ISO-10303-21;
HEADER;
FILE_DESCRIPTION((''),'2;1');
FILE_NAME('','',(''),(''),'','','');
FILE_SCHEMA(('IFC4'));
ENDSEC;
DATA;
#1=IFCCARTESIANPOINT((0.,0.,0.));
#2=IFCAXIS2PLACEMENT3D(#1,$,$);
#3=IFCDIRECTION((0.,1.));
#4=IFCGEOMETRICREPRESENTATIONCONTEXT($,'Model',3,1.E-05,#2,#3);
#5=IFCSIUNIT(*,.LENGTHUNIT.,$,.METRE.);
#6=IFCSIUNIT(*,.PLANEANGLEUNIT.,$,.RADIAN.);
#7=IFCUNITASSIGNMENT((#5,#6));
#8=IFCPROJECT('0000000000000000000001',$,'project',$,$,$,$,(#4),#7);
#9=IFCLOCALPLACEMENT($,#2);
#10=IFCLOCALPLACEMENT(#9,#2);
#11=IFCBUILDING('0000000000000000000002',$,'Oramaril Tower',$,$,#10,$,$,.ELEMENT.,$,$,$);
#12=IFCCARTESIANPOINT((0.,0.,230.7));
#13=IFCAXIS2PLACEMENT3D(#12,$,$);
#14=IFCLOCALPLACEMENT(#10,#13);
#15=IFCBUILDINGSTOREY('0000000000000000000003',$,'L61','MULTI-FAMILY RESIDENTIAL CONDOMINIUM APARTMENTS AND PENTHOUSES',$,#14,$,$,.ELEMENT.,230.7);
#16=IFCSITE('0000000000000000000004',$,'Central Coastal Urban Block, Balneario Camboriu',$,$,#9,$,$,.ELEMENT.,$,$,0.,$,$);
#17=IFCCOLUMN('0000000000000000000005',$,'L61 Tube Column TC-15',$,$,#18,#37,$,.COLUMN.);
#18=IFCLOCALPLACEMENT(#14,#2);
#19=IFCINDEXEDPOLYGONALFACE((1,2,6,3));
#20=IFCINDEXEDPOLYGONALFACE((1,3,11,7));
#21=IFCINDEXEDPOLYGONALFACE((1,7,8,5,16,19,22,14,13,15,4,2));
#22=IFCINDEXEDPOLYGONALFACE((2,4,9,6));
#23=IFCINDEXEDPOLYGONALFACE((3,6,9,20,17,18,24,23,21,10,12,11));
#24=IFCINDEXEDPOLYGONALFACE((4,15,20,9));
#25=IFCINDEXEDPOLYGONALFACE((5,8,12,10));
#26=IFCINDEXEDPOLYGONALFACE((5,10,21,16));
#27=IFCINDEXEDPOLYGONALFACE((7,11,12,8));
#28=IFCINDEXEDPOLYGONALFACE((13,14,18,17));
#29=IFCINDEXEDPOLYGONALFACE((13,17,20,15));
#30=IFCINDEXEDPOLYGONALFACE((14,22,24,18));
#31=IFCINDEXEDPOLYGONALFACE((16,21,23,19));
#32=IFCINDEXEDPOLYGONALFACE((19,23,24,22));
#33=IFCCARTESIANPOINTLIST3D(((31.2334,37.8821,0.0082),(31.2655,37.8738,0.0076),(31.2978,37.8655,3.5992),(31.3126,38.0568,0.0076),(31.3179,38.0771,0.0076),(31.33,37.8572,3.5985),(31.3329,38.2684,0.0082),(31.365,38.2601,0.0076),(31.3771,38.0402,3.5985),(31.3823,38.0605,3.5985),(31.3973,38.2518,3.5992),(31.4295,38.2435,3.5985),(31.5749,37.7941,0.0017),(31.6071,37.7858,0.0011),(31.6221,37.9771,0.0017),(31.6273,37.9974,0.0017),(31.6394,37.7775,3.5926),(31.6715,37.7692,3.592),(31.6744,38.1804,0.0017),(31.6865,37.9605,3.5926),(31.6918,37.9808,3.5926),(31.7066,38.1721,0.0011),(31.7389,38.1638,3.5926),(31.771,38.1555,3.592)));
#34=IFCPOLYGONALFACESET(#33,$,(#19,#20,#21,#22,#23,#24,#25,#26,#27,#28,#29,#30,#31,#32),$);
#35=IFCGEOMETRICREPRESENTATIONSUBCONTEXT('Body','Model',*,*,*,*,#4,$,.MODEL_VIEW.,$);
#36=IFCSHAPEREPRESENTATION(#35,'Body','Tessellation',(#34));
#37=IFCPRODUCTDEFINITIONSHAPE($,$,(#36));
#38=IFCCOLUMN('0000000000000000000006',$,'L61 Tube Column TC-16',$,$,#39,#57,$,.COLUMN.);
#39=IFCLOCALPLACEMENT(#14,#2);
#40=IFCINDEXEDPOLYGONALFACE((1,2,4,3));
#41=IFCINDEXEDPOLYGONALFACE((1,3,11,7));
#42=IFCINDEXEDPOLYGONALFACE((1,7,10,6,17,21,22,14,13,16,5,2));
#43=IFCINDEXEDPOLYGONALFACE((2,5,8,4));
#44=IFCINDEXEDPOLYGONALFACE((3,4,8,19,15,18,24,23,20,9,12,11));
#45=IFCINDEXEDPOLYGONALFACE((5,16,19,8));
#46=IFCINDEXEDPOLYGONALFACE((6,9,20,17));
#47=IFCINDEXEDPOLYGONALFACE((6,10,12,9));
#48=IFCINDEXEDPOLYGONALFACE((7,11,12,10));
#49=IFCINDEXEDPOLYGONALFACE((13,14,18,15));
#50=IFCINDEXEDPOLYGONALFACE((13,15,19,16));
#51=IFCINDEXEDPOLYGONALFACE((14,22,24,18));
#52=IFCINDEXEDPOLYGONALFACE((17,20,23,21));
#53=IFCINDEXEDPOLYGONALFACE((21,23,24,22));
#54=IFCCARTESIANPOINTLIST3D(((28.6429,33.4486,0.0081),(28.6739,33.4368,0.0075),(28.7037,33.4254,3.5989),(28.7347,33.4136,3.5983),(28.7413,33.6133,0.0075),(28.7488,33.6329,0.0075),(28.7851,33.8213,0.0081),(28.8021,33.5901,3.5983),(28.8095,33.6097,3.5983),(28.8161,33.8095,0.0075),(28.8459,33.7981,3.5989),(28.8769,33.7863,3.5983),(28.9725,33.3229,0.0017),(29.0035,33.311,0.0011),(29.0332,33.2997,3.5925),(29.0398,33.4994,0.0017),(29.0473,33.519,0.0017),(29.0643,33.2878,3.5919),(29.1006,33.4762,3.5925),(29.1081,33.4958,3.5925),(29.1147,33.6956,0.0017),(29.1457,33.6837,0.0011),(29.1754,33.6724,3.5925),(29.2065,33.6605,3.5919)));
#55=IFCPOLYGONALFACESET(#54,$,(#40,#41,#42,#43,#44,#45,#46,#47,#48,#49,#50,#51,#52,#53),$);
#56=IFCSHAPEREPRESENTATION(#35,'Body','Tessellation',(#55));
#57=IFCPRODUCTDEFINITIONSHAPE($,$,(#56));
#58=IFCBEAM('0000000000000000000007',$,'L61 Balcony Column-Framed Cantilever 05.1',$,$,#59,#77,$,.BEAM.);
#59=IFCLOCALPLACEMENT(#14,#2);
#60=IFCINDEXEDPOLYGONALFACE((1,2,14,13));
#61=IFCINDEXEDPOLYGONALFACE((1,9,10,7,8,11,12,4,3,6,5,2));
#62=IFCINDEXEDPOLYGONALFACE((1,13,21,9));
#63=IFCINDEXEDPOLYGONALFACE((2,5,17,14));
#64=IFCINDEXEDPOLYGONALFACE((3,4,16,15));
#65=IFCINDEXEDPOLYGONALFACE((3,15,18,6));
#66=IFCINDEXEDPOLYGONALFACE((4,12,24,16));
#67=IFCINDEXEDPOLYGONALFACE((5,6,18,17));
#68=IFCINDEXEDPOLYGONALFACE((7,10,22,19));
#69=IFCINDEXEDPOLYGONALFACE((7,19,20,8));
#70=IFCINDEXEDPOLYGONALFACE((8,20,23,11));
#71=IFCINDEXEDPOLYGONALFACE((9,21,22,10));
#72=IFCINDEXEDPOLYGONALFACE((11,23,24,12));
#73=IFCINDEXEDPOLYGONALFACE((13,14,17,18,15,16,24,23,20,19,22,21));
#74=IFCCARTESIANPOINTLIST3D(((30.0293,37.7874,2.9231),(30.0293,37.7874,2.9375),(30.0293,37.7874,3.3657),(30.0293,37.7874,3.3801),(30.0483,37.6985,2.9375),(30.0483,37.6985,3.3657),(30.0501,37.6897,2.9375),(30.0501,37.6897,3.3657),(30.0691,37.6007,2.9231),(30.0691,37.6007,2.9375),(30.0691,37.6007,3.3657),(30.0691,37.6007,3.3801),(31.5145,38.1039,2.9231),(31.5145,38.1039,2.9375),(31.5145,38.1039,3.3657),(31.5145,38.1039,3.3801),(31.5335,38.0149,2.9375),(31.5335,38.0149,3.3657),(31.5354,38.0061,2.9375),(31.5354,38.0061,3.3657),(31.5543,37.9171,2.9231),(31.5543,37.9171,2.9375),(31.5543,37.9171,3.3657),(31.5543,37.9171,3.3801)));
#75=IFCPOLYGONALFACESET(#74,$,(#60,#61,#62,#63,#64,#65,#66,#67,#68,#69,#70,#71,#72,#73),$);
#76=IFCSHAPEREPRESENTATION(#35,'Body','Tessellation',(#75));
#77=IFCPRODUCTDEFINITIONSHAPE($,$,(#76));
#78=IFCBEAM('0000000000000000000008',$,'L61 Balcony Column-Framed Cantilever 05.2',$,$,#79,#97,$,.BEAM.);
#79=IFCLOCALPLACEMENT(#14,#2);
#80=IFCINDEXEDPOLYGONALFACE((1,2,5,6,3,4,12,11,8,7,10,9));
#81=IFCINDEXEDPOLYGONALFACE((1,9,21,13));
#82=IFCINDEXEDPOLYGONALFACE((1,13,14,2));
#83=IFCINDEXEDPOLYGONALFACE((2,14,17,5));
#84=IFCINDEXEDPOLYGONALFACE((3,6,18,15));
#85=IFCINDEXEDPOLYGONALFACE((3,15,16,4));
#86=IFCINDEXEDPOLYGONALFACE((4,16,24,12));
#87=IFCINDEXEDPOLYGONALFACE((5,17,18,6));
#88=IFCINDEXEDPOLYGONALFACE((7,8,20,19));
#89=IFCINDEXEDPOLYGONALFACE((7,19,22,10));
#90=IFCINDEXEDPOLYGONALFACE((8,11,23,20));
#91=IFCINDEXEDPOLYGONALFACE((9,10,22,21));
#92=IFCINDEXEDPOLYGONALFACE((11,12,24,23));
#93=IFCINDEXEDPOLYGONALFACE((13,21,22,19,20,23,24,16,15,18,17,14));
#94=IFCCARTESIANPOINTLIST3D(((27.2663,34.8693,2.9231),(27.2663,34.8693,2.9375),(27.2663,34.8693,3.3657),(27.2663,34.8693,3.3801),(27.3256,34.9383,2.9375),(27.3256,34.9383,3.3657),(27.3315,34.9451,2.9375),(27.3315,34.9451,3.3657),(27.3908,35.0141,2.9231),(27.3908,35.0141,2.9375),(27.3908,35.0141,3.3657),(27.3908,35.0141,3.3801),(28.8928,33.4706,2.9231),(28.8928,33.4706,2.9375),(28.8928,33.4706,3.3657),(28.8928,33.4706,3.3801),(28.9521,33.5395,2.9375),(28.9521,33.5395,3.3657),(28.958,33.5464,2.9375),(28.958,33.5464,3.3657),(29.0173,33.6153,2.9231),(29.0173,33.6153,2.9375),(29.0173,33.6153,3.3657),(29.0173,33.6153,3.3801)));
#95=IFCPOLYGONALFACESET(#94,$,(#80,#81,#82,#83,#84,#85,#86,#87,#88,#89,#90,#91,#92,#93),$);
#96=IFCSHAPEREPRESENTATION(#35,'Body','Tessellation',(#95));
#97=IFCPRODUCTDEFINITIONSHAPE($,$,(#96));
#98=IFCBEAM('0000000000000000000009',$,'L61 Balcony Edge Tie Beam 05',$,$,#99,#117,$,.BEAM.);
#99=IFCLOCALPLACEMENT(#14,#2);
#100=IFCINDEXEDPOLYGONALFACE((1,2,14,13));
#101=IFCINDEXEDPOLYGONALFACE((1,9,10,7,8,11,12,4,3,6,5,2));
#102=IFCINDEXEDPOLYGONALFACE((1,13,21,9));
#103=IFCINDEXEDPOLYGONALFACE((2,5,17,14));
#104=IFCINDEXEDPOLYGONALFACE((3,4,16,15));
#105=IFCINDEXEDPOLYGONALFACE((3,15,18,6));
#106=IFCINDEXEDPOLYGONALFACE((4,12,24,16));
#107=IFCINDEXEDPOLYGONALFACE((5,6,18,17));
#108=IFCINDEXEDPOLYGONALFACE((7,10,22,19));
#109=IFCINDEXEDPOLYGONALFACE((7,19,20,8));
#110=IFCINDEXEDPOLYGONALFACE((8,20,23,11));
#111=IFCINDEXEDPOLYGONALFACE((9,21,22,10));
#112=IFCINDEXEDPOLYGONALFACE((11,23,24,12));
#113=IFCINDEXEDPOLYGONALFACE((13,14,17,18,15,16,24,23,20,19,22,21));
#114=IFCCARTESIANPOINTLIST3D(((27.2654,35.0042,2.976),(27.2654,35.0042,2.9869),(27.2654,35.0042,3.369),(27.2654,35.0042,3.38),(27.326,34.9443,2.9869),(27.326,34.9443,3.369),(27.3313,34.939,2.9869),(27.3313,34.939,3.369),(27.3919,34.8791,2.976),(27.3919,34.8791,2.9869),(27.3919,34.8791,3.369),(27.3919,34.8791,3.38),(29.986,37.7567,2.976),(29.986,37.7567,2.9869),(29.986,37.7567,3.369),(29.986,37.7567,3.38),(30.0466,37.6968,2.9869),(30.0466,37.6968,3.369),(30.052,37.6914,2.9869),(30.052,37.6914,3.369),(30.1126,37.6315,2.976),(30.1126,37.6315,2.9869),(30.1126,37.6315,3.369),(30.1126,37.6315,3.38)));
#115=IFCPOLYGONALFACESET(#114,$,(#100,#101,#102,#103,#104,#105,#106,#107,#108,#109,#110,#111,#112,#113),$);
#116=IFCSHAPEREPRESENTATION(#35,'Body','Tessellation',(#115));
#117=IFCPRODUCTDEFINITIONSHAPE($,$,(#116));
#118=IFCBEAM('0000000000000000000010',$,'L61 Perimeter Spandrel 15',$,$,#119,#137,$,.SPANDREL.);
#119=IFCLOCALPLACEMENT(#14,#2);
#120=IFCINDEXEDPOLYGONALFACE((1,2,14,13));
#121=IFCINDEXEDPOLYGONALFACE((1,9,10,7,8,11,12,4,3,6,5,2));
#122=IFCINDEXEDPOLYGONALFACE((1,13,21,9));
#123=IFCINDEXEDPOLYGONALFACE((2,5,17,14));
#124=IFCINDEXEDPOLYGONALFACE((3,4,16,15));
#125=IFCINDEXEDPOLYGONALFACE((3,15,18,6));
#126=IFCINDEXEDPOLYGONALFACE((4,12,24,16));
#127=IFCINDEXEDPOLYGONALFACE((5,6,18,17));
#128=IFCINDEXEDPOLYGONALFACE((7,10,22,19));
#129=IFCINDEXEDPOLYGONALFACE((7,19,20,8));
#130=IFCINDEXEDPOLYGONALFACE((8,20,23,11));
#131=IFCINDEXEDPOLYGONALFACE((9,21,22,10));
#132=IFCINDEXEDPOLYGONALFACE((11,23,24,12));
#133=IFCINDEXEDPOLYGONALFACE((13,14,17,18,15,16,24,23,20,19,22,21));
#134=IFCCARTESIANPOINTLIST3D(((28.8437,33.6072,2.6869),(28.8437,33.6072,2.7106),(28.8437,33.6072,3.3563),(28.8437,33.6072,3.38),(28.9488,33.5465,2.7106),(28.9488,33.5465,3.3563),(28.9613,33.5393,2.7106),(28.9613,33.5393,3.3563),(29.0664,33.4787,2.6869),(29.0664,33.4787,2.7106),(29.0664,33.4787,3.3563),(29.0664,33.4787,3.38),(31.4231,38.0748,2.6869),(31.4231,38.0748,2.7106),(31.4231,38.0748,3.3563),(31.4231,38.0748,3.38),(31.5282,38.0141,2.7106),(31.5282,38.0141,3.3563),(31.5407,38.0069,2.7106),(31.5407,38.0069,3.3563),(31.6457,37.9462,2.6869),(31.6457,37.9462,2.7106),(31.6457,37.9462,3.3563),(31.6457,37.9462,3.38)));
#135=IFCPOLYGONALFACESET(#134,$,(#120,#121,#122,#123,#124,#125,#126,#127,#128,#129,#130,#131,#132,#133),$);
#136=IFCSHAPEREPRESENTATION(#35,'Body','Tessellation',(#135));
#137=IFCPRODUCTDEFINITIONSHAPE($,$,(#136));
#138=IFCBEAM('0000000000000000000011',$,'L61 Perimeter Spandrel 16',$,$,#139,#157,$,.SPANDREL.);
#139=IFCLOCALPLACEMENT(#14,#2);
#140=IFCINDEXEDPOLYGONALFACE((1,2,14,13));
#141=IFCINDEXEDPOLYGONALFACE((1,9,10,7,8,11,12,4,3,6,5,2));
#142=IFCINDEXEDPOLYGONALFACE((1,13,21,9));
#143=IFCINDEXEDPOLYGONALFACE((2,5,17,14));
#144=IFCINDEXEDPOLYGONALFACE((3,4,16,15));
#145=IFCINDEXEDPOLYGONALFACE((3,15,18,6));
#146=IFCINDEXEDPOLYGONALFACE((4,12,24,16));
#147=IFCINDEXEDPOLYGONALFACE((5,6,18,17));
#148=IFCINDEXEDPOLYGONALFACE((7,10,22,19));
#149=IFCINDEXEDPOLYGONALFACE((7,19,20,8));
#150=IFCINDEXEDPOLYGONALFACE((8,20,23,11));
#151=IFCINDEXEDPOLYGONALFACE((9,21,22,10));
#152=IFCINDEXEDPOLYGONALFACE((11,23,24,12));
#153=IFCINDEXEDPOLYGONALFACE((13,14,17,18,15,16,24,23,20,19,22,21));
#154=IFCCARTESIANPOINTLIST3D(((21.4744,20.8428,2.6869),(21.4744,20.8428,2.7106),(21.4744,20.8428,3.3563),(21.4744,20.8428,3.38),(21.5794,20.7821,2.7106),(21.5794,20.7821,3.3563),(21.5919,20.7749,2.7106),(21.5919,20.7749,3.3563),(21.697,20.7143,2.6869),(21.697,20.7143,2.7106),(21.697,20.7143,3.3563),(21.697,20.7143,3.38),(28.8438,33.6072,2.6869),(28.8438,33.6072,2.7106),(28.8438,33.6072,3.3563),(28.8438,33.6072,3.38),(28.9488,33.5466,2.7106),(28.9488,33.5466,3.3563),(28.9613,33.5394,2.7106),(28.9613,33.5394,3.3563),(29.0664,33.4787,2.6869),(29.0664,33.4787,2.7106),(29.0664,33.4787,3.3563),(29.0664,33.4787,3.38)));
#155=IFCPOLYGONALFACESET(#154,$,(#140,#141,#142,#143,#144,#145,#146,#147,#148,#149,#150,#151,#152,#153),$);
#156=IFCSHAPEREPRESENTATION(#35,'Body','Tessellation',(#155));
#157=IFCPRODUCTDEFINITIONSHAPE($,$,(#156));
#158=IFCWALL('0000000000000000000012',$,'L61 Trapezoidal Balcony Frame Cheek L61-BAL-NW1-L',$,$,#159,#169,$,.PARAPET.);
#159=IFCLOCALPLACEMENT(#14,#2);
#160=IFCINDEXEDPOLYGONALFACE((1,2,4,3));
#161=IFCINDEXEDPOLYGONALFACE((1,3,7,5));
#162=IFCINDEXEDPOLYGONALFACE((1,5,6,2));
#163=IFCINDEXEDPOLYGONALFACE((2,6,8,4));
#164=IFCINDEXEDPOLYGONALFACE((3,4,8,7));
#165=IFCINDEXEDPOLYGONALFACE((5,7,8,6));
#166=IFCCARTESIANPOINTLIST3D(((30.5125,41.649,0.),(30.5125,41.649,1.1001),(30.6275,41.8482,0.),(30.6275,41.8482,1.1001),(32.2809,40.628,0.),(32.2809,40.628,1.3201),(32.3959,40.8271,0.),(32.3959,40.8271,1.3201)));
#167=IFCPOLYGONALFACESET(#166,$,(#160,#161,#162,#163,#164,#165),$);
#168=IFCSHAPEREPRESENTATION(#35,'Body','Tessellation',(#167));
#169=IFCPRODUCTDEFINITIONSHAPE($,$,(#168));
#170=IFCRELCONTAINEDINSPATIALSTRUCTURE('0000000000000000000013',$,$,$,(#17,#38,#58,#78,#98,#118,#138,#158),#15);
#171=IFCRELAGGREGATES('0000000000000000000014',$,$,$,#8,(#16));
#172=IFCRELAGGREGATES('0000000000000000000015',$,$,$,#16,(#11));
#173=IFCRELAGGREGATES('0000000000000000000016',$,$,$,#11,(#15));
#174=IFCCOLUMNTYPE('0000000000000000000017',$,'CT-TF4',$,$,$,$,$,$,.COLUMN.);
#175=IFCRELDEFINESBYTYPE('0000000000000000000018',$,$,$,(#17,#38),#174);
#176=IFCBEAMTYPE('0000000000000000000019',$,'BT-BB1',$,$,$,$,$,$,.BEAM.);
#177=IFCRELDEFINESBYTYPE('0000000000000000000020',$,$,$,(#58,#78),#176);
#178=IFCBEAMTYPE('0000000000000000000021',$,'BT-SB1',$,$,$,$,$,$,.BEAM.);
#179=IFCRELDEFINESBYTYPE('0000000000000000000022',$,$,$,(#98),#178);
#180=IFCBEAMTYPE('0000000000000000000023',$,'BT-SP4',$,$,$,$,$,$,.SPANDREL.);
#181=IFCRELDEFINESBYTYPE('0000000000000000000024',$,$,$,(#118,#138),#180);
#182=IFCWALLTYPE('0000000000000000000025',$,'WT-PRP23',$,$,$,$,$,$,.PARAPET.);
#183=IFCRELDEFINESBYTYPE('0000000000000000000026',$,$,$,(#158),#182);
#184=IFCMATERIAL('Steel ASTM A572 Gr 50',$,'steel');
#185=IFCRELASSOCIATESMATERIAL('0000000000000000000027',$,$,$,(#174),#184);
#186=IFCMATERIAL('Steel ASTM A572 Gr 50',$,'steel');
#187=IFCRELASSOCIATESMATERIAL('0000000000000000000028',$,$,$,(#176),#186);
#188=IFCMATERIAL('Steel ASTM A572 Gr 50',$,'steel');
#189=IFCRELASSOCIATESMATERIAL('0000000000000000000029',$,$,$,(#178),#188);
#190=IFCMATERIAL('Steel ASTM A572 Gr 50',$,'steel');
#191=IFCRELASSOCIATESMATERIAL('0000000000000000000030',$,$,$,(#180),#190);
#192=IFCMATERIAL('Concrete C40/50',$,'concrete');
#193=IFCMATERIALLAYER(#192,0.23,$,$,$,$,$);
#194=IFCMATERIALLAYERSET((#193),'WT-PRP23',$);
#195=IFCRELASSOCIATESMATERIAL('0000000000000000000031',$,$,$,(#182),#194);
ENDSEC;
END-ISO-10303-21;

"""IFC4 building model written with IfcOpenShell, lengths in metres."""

from ifc_helpers import new_model, si_unit, direction, frame, origin, origin_2d, place, context, subcontext, project, spatial, polyline, i_section, outline, extrude, material, layer, layer_set, material_profile, profile_set, type_object, element, save


model = new_model("IFC4")

# Units and contexts
model_context = context("Model", 3, precision=1e-05, world=origin(), true_north=direction((0.0, 1.0)))
body_context = subcontext(model_context, "Body", "Model", "MODEL_VIEW")
ifc_project = project(units=[si_unit("LENGTHUNIT", "METRE"), si_unit("PLANEANGLEUNIT", "RADIAN")], contexts=[model_context])

# Site, building, storey
site_placement = place(None, origin())
site = spatial("IfcSite", under=ifc_project, at=site_placement, Name="Central Coastal Urban Block, Balneario Camboriu", CompositionType="ELEMENT", RefElevation=0.0)
building_placement = place(site_placement, origin())
building = spatial("IfcBuilding", under=site, at=building_placement, Name="Oramaril Tower", CompositionType="ELEMENT")
storey_placement = place(building_placement, frame((0.0, 0.0, 230.7)))
storey = spatial("IfcBuildingStorey", under=building, at=storey_placement, Name="L61", Description="MULTI-FAMILY RESIDENTIAL CONDOMINIUM APARTMENTS AND PENTHOUSES", CompositionType="ELEMENT", Elevation=230.7)

# Columns
ifc_material_1 = material(Name="Steel ASTM A572 Gr 50", Category="steel")
ifc_material_profile_1 = material_profile(ifc_material_1, i_section(OverallWidth=0.3989, OverallDepth=0.386, WebThickness=0.021, FlangeThickness=0.0332, at=origin_2d()), Name="W14X176")
ifc_profile_set_1 = profile_set([ifc_material_profile_1], Name="Steel ASTM A572 Gr 50")
column_type = type_object("IfcColumnType", Name="CT-TF4", PredefinedType="COLUMN", material=ifc_profile_set_1)
column_1_placement = place(storey_placement, frame((31.47, 38.0271, 0.0046), z_axis=(0.017946, -0.004623, 0.999828), x_axis=(0.249434, 0.968392, 0.0)))
element("IfcColumn", 1, at=column_1_placement, inside=storey, type_object=column_type, Name="L61 Tube Column TC-15", PredefinedType="COLUMN", context=body_context, shape_type="SweptSolid", body=[
    extrude(i_section(OverallWidth=0.3989, OverallDepth=0.386, WebThickness=0.021, FlangeThickness=0.0332, at=origin_2d()), origin(), (0.0, 0.0, 1.0), 3.5916),
])
column_2_placement = place(storey_placement, frame((28.8943, 33.5662, 0.0046), z_axis=(0.016927, -0.006458, 0.999836), x_axis=(0.356463, 0.934309, 0.0)))
element("IfcColumn", 2, at=column_2_placement, inside=storey, type_object=column_type, Name="L61 Tube Column TC-16", PredefinedType="COLUMN", context=body_context, shape_type="SweptSolid", body=[
    extrude(i_section(OverallWidth=0.3989, OverallDepth=0.386, WebThickness=0.021, FlangeThickness=0.0332, at=origin_2d()), origin(), (0.0, 0.0, 1.0), 3.5913),
])

# Beams
ifc_material_2 = material(Name="Steel ASTM A572 Gr 50", Category="steel")
ifc_material_profile_2 = material_profile(ifc_material_2, i_section(OverallWidth=0.1909, OverallDepth=0.457, WebThickness=0.009, FlangeThickness=0.0144, at=origin_2d()), Name="W18X50")
ifc_profile_set_2 = profile_set([ifc_material_profile_2], Name="Steel ASTM A572 Gr 50")
beam_type_1 = type_object("IfcBeamType", Name="BT-BB1", PredefinedType="BEAM", material=ifc_profile_set_2)
beam_1_placement = place(storey_placement, frame((31.5344, 38.0105, 3.1516), z_axis=(-0.978049, -0.208376, 0.0), x_axis=(0.208376, -0.978049, 0.0)))
element("IfcBeam", 3, at=beam_1_placement, inside=storey, type_object=beam_type_1, Name="L61 Balcony Column-Framed Cantilever 05.1", PredefinedType="BEAM", context=body_context, shape_type="SweptSolid", body=[
    extrude(i_section(OverallWidth=0.1909, OverallDepth=0.457, WebThickness=0.009, FlangeThickness=0.0144, at=origin_2d()), origin(), (0.0, 0.0, 1.0), 1.5186),
])
beam_2_placement = place(storey_placement, frame((28.9551, 33.543, 3.1516), z_axis=(-0.758203, 0.652018, 0.0), x_axis=(-0.652018, -0.758203, 0.0)))
element("IfcBeam", 4, at=beam_2_placement, inside=storey, type_object=beam_type_1, Name="L61 Balcony Column-Framed Cantilever 05.2", PredefinedType="BEAM", context=body_context, shape_type="SweptSolid", body=[
    extrude(i_section(OverallWidth=0.1909, OverallDepth=0.457, WebThickness=0.009, FlangeThickness=0.0144, at=origin_2d()), origin(), (0.0, 0.0, 1.0), 2.1453),
])
ifc_material_3 = material(Name="Steel ASTM A572 Gr 50", Category="steel")
ifc_material_profile_3 = material_profile(ifc_material_3, i_section(OverallWidth=0.178, OverallDepth=0.4041, WebThickness=0.0076, FlangeThickness=0.011, at=origin_2d()), Name="W16X36")
ifc_profile_set_3 = profile_set([ifc_material_profile_3], Name="Steel ASTM A572 Gr 50")
beam_type_2 = type_object("IfcBeamType", Name="BT-SB1", PredefinedType="BEAM", material=ifc_profile_set_3)
beam_3_placement = place(storey_placement, frame((30.0493, 37.6941, 3.178), z_axis=(-0.702995, -0.711195, 0.0), x_axis=(0.711195, -0.702995, 0.0)))
element("IfcBeam", 5, at=beam_3_placement, inside=storey, type_object=beam_type_2, Name="L61 Balcony Edge Tie Beam 05", PredefinedType="BEAM", context=body_context, shape_type="SweptSolid", body=[
    extrude(i_section(OverallWidth=0.178, OverallDepth=0.4041, WebThickness=0.0076, FlangeThickness=0.011, at=origin_2d()), origin(), (0.0, 0.0, 1.0), 3.8701),
])
ifc_material_4 = material(Name="Steel ASTM A572 Gr 50", Category="steel")
ifc_material_profile_4 = material_profile(ifc_material_4, i_section(OverallWidth=0.2571, OverallDepth=0.6931, WebThickness=0.0144, FlangeThickness=0.0237, at=origin_2d()), Name="W27X114")
ifc_profile_set_4 = profile_set([ifc_material_profile_4], Name="Steel ASTM A572 Gr 50")
beam_type_3 = type_object("IfcBeamType", Name="BT-SP4", PredefinedType="SPANDREL", material=ifc_profile_set_4)
beam_4_placement = place(storey_placement, frame((31.5344, 38.0105, 3.0334), z_axis=(-0.500002, -0.866024, 0.0), x_axis=(0.866024, -0.500002, 0.0)))
element("IfcBeam", 6, at=beam_4_placement, inside=storey, type_object=beam_type_3, Name="L61 Perimeter Spandrel 15", PredefinedType="SPANDREL", context=body_context, shape_type="SweptSolid", body=[
    extrude(i_section(OverallWidth=0.2571, OverallDepth=0.6931, WebThickness=0.0144, FlangeThickness=0.0237, at=origin_2d()), origin(), (0.0, 0.0, 1.0), 5.1587),
])
beam_5_placement = place(storey_placement, frame((28.9551, 33.543, 3.0334), z_axis=(-0.499992, -0.86603, 0.0), x_axis=(0.86603, -0.499992, 0.0)))
element("IfcBeam", 7, at=beam_5_placement, inside=storey, type_object=beam_type_3, Name="L61 Perimeter Spandrel 16", PredefinedType="SPANDREL", context=body_context, shape_type="SweptSolid", body=[
    extrude(i_section(OverallWidth=0.2571, OverallDepth=0.6931, WebThickness=0.0144, FlangeThickness=0.0237, at=origin_2d()), origin(), (0.0, 0.0, 1.0), 14.739),
])

# Wall
ifc_material_5 = material(Name="Concrete C40/50", Category="concrete")
ifc_layer_1 = layer(ifc_material_5, 0.23)
ifc_layer_set_1 = layer_set([ifc_layer_1], Name="WT-PRP23")
wall_type_1 = type_object("IfcWallType", Name="WT-PRP23", PredefinedType="PARAPET", material=ifc_layer_set_1)
wall_1_placement = place(storey_placement, frame((32.3384, 40.7275, 0.0), z_axis=(0.0, 0.0, 1.0), x_axis=(-0.866012, 0.500023, 0.0)))
element("IfcWall", 8, at=wall_1_placement, inside=storey, type_object=wall_type_1, Name="L61 Trapezoidal Balcony Frame Cheek L61-BAL-NW1-L", PredefinedType="PARAPET", context=body_context, shape_type="SweptSolid", body=[
    extrude(outline(polyline([(0.0, 0.0), (2.042, 0.0), (2.042, 1.1001), (0.0, 1.3201), (0.0, 0.0)])), frame((0.0, 0.115, 0.0), z_axis=(0.0, -1.0, 0.0), x_axis=(1.0, 0.0, 0.0)), (0.0, 0.0, 1.0), 0.23),
])

save(model, "model.ifc")
